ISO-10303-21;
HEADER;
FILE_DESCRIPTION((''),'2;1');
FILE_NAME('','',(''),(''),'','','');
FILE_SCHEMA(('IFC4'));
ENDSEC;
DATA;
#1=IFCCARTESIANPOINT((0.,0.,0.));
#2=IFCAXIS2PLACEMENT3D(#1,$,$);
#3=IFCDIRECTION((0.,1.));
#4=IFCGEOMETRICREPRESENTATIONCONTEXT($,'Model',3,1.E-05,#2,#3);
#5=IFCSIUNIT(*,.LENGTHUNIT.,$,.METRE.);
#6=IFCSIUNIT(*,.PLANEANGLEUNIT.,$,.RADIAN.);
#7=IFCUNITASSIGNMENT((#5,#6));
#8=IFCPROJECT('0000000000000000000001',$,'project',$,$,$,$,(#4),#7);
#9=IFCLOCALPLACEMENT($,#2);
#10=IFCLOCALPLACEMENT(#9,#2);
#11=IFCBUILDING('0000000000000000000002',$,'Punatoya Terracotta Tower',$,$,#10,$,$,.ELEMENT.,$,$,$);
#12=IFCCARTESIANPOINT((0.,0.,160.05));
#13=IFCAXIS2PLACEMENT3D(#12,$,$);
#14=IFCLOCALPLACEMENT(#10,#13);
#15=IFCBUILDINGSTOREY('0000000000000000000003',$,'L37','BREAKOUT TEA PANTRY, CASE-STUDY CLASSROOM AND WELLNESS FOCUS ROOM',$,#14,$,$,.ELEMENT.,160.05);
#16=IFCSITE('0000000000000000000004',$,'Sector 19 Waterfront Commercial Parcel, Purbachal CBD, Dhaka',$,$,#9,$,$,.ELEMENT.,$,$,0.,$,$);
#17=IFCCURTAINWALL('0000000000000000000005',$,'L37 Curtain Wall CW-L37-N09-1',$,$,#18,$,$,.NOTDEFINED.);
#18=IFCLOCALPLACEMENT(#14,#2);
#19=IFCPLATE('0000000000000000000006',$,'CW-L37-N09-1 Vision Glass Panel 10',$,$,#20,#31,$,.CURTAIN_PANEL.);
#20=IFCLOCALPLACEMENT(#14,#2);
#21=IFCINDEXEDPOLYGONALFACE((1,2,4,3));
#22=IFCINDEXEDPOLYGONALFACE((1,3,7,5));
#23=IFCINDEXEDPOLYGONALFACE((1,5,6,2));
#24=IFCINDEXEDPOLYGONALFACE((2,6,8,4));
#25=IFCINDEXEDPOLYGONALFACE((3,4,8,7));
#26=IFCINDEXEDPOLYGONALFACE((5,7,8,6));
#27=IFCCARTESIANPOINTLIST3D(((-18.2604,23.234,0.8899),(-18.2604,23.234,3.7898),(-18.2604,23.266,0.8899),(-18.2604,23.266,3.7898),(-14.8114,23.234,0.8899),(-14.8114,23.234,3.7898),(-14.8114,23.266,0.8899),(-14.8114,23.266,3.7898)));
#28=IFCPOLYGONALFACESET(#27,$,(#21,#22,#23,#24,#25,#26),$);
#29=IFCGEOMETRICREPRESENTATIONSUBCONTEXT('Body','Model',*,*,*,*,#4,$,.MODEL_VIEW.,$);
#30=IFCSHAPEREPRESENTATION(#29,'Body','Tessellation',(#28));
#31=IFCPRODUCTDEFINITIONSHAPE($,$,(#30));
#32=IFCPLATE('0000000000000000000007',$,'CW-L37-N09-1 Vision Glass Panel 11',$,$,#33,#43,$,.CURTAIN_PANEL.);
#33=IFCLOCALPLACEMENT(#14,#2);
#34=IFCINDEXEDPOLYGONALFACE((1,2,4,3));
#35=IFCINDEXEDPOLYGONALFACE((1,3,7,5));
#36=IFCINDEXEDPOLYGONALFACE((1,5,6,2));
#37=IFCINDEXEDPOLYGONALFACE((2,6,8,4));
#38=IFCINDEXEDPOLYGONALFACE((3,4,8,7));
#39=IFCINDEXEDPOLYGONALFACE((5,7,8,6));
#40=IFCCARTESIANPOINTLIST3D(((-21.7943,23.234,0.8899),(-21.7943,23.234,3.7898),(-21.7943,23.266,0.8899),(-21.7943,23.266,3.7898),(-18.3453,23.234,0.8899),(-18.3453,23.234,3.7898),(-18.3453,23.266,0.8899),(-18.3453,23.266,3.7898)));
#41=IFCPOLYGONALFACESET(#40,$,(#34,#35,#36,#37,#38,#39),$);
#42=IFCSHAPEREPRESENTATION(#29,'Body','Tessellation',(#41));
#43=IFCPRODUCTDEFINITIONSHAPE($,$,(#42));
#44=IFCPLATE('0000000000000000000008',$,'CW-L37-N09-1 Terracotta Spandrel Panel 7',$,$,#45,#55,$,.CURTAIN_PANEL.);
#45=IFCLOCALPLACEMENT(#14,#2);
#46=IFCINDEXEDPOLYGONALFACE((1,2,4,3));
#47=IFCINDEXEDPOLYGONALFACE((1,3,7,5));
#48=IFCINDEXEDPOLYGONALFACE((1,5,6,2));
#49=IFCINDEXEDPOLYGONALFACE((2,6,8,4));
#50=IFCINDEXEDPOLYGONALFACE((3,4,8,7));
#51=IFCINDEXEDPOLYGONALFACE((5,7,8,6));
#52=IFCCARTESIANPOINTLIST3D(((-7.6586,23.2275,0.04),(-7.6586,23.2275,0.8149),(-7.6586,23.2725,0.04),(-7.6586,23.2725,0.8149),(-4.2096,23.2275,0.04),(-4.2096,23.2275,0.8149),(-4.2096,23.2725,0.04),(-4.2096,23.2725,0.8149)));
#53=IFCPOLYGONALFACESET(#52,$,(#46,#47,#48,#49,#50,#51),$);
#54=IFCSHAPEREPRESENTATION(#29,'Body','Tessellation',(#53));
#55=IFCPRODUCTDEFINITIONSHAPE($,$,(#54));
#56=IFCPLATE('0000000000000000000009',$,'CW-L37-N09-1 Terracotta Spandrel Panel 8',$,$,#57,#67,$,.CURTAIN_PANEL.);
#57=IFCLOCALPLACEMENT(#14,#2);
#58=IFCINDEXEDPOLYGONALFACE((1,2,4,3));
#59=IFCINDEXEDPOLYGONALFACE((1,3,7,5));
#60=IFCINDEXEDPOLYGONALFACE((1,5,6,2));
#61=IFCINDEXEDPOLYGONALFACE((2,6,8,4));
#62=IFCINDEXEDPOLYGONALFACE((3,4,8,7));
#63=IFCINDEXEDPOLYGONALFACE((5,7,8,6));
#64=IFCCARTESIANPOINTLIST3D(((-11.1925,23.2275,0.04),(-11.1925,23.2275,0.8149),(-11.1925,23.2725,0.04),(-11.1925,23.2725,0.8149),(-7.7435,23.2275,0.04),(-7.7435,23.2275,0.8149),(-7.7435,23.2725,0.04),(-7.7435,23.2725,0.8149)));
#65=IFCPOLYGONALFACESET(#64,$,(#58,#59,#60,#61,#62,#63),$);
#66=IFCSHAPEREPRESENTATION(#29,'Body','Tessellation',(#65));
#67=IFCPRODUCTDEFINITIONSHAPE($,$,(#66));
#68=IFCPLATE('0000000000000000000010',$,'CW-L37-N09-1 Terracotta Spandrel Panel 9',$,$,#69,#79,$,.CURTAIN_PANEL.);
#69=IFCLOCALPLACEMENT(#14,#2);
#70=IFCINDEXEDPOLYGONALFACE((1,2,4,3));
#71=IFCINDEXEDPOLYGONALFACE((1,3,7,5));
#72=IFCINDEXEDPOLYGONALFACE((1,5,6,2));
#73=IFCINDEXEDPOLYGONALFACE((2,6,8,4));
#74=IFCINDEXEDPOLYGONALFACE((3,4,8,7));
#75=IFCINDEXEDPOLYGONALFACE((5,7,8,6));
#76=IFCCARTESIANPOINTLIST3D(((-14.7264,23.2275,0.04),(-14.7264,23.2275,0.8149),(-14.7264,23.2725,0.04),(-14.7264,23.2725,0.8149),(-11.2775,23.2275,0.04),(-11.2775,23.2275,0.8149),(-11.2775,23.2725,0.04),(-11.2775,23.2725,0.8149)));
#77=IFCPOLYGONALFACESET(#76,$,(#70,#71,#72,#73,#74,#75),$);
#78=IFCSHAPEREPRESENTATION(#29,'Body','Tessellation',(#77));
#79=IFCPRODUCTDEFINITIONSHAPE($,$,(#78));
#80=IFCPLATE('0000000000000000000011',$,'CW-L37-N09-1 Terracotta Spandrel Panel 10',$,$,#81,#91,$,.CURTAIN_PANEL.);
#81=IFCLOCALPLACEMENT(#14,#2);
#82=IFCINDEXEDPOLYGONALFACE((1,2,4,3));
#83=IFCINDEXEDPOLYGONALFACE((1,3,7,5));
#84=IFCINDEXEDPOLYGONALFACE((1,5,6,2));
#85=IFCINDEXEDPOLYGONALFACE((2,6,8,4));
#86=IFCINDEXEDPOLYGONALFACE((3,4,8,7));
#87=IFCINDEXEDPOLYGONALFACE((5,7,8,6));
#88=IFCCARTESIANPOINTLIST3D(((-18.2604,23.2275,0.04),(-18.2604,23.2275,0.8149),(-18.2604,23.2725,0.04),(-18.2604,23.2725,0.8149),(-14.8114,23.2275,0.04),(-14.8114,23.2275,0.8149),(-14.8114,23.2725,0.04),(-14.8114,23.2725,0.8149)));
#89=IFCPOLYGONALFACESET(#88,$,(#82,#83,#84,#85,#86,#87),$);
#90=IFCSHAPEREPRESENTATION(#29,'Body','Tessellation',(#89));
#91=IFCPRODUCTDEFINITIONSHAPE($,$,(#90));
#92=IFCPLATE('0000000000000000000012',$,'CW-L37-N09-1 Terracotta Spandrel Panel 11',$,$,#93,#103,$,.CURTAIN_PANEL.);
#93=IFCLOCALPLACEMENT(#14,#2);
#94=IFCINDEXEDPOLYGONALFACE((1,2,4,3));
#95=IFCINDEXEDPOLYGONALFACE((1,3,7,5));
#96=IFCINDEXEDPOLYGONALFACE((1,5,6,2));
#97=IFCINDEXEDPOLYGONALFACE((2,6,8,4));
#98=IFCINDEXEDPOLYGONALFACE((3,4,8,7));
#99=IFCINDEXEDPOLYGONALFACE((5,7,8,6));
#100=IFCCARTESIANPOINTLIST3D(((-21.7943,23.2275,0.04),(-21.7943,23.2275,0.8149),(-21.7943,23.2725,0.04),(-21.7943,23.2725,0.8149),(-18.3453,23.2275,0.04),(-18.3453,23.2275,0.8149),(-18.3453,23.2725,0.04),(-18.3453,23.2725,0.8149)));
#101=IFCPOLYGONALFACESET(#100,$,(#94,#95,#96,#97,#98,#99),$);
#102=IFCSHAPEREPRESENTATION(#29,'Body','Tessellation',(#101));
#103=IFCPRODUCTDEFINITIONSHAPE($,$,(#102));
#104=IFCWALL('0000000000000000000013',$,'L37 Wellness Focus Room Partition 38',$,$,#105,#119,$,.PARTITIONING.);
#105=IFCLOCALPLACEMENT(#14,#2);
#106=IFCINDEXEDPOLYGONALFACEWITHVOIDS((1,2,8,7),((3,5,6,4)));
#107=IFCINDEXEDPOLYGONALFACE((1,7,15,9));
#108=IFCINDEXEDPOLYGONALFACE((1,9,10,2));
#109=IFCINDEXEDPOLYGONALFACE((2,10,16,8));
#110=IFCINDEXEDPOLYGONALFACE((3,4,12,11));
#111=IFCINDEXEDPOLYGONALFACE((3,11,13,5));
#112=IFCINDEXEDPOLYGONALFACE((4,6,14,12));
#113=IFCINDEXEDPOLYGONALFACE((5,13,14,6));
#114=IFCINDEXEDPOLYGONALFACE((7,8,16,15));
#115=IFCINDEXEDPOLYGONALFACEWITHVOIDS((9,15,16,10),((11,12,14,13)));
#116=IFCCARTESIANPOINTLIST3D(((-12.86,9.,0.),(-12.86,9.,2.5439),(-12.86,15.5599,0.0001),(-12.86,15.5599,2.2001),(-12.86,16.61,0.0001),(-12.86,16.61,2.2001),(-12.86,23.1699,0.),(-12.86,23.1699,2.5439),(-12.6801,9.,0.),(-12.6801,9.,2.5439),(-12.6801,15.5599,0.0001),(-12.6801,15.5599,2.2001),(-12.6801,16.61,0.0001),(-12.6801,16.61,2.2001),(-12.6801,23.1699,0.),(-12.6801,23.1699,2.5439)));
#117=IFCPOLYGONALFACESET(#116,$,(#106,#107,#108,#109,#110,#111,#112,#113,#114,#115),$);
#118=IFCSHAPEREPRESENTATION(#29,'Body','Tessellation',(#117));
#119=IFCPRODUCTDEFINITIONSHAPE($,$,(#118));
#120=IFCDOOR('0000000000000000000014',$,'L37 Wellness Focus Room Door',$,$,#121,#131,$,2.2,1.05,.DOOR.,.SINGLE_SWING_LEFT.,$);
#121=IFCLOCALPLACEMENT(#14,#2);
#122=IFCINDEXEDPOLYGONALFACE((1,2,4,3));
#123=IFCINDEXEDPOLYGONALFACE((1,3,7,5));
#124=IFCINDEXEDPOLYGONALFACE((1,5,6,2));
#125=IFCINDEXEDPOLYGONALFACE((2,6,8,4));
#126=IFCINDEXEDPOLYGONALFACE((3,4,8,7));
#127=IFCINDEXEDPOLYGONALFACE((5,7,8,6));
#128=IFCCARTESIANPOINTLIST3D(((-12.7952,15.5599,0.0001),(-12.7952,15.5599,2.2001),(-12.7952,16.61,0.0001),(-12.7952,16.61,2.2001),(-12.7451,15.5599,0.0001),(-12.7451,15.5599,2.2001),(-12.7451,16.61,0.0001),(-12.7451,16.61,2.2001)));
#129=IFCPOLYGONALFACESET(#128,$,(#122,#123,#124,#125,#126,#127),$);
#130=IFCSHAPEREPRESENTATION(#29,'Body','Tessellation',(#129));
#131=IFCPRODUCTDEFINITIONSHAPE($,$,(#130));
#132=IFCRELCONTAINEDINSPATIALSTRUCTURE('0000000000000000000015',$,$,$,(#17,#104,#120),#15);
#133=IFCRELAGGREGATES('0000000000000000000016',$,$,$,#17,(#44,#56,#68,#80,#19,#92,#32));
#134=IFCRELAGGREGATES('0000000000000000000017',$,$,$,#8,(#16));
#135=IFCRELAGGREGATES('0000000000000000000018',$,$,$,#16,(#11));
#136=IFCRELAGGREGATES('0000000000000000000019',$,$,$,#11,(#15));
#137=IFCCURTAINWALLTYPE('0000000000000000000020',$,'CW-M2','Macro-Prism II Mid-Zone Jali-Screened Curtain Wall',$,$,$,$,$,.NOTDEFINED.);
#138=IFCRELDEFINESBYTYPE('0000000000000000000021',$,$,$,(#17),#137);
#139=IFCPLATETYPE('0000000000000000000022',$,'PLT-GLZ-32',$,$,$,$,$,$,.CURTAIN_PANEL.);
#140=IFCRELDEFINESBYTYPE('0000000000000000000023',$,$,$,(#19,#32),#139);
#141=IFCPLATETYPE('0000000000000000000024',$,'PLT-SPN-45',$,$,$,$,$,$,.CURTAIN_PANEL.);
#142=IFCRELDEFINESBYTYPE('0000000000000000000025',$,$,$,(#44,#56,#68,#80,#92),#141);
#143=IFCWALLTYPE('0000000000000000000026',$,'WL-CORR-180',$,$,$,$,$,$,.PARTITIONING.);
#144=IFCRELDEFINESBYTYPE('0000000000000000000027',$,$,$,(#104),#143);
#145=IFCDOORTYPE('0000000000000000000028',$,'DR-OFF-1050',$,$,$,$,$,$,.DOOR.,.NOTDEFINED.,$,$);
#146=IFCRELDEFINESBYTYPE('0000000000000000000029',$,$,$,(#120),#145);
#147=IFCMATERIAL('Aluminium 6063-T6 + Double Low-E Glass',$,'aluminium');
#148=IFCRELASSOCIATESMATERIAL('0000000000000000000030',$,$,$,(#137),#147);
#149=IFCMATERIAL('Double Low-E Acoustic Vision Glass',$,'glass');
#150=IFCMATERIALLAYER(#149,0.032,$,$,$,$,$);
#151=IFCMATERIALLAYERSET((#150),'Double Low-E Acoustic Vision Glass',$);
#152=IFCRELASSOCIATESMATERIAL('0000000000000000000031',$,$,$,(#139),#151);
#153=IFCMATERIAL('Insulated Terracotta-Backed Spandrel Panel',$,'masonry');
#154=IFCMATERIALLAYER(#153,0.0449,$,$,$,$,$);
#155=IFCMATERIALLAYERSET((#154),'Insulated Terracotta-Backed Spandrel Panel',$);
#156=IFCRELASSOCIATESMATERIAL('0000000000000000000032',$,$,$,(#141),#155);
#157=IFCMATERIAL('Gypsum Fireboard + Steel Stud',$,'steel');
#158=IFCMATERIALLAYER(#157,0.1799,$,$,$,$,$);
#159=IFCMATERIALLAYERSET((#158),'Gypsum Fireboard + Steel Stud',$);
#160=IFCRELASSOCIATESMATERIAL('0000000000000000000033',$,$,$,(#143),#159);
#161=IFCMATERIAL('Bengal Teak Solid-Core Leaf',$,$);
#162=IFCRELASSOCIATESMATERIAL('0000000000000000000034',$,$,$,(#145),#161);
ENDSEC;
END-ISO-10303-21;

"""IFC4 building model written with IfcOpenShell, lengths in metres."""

from ifc_helpers import new_model, si_unit, direction, frame, frame_2d, origin, origin_2d, place, context, subcontext, project, spatial, rectangle, extrude, material, layer, layer_set, type_object, element, fill, aggregate, save


model = new_model("IFC4")

# Units and contexts
model_context = context("Model", 3, precision=1e-05, world=origin(), true_north=direction((0.0, 1.0)))
body_context = subcontext(model_context, "Body", "Model", "MODEL_VIEW")
ifc_project = project(units=[si_unit("LENGTHUNIT", "METRE"), si_unit("PLANEANGLEUNIT", "RADIAN")], contexts=[model_context])

# Site, building, storey
site_placement = place(None, origin())
site = spatial("IfcSite", under=ifc_project, at=site_placement, Name="Sector 19 Waterfront Commercial Parcel, Purbachal CBD, Dhaka", CompositionType="ELEMENT", RefElevation=0.0)
building_placement = place(site_placement, origin())
building = spatial("IfcBuilding", under=site, at=building_placement, Name="Punatoya Terracotta Tower", CompositionType="ELEMENT")
storey_placement = place(building_placement, frame((0.0, 0.0, 160.05)))
storey = spatial("IfcBuildingStorey", under=building, at=storey_placement, Name="L37", Description="BREAKOUT TEA PANTRY, CASE-STUDY CLASSROOM AND WELLNESS FOCUS ROOM", CompositionType="ELEMENT", Elevation=160.05)

# Curtain wall, plates
ifc_material_1 = material(Name="Aluminium 6063-T6 + Double Low-E Glass", Category="aluminium")
curtain_wall_type = type_object("IfcCurtainWallType", Name="CW-M2", Description="Macro-Prism II Mid-Zone Jali-Screened Curtain Wall", PredefinedType="NOTDEFINED", material=ifc_material_1)
curtain_wall_placement = place(storey_placement, origin())
curtain_wall = element("IfcCurtainWall", 1, at=curtain_wall_placement, inside=storey, type_object=curtain_wall_type, Name="L37 Curtain Wall CW-L37-N09-1", PredefinedType="NOTDEFINED")
ifc_material_2 = material(Name="Double Low-E Acoustic Vision Glass", Category="glass")
ifc_layer_1 = layer(ifc_material_2, 0.032)
ifc_layer_set_1 = layer_set([ifc_layer_1], Name="Double Low-E Acoustic Vision Glass")
plate_type_1 = type_object("IfcPlateType", Name="PLT-GLZ-32", PredefinedType="CURTAIN_PANEL", material=ifc_layer_set_1)
plate_1_placement = place(storey_placement, frame((-16.5359, 23.25, 0.8899), z_axis=(0.0, 0.0, 1.0), x_axis=(-1.0, 0.0, 0.0)))
plate_1 = element("IfcPlate", 2, at=plate_1_placement, type_object=plate_type_1, Name="CW-L37-N09-1 Vision Glass Panel 10", PredefinedType="CURTAIN_PANEL", context=body_context, shape_type="SweptSolid", body=[
    extrude(rectangle(XDim=3.449, YDim=0.032, at=origin_2d()), origin(), (0.0, 0.0, 1.0), 2.8999),
])
plate_2_placement = place(storey_placement, frame((-20.0698, 23.25, 0.8899), z_axis=(0.0, 0.0, 1.0), x_axis=(-1.0, 0.0, 0.0)))
plate_2 = element("IfcPlate", 3, at=plate_2_placement, type_object=plate_type_1, Name="CW-L37-N09-1 Vision Glass Panel 11", PredefinedType="CURTAIN_PANEL", context=body_context, shape_type="SweptSolid", body=[
    extrude(rectangle(XDim=3.449, YDim=0.032, at=origin_2d()), origin(), (0.0, 0.0, 1.0), 2.8999),
])
ifc_material_3 = material(Name="Insulated Terracotta-Backed Spandrel Panel", Category="masonry")
ifc_layer_2 = layer(ifc_material_3, 0.0449)
ifc_layer_set_2 = layer_set([ifc_layer_2], Name="Insulated Terracotta-Backed Spandrel Panel")
plate_type_2 = type_object("IfcPlateType", Name="PLT-SPN-45", PredefinedType="CURTAIN_PANEL", material=ifc_layer_set_2)
plate_3_placement = place(storey_placement, frame((-5.9341, 23.25, 0.04), z_axis=(0.0, 0.0, 1.0), x_axis=(-1.0, 0.0, 0.0)))
plate_3 = element("IfcPlate", 4, at=plate_3_placement, type_object=plate_type_2, Name="CW-L37-N09-1 Terracotta Spandrel Panel 7", PredefinedType="CURTAIN_PANEL", context=body_context, shape_type="SweptSolid", body=[
    extrude(rectangle(XDim=3.449, YDim=0.0449, at=origin_2d()), origin(), (0.0, 0.0, 1.0), 0.7749),
])
plate_4_placement = place(storey_placement, frame((-9.468, 23.25, 0.04), z_axis=(0.0, 0.0, 1.0), x_axis=(-1.0, 0.0, 0.0)))
plate_4 = element("IfcPlate", 5, at=plate_4_placement, type_object=plate_type_2, Name="CW-L37-N09-1 Terracotta Spandrel Panel 8", PredefinedType="CURTAIN_PANEL", context=body_context, shape_type="SweptSolid", body=[
    extrude(rectangle(XDim=3.449, YDim=0.0449, at=origin_2d()), origin(), (0.0, 0.0, 1.0), 0.7749),
])
plate_5_placement = place(storey_placement, frame((-13.002, 23.25, 0.04), z_axis=(0.0, 0.0, 1.0), x_axis=(-1.0, 0.0, 0.0)))
plate_5 = element("IfcPlate", 6, at=plate_5_placement, type_object=plate_type_2, Name="CW-L37-N09-1 Terracotta Spandrel Panel 9", PredefinedType="CURTAIN_PANEL", context=body_context, shape_type="SweptSolid", body=[
    extrude(rectangle(XDim=3.449, YDim=0.0449, at=origin_2d()), origin(), (0.0, 0.0, 1.0), 0.7749),
])
plate_6_placement = place(storey_placement, frame((-16.5359, 23.25, 0.04), z_axis=(0.0, 0.0, 1.0), x_axis=(-1.0, 0.0, 0.0)))
plate_6 = element("IfcPlate", 7, at=plate_6_placement, type_object=plate_type_2, Name="CW-L37-N09-1 Terracotta Spandrel Panel 10", PredefinedType="CURTAIN_PANEL", context=body_context, shape_type="SweptSolid", body=[
    extrude(rectangle(XDim=3.449, YDim=0.0449, at=origin_2d()), origin(), (0.0, 0.0, 1.0), 0.7749),
])
plate_7_placement = place(storey_placement, frame((-20.0698, 23.25, 0.04), z_axis=(0.0, 0.0, 1.0), x_axis=(-1.0, 0.0, 0.0)))
plate_7 = element("IfcPlate", 8, at=plate_7_placement, type_object=plate_type_2, Name="CW-L37-N09-1 Terracotta Spandrel Panel 11", PredefinedType="CURTAIN_PANEL", context=body_context, shape_type="SweptSolid", body=[
    extrude(rectangle(XDim=3.449, YDim=0.0449, at=origin_2d()), origin(), (0.0, 0.0, 1.0), 0.7749),
])
aggregate(curtain_wall, [plate_3, plate_4, plate_5, plate_6, plate_1, plate_7, plate_2])

# Wall, opening, door
ifc_material_4 = material(Name="Gypsum Fireboard + Steel Stud", Category="steel")
ifc_layer_3 = layer(ifc_material_4, 0.1799)
ifc_layer_set_3 = layer_set([ifc_layer_3], Name="Gypsum Fireboard + Steel Stud")
wall_type = type_object("IfcWallType", Name="WL-CORR-180", PredefinedType="PARTITIONING", material=ifc_layer_set_3)
wall_placement = place(storey_placement, frame((-12.77, 23.1699, 0.0), z_axis=(0.0, 0.0, 1.0), x_axis=(0.0, -1.0, 0.0)))
wall = element("IfcWall", 9, at=wall_placement, inside=storey, type_object=wall_type, Name="L37 Wellness Focus Room Partition 38", PredefinedType="PARTITIONING", context=body_context, shape_type="SweptSolid", body=[
    extrude(rectangle(XDim=14.1699, YDim=0.1799, at=frame_2d((7.085, 0.0))), origin(), (0.0, 0.0, 1.0), 2.5439),
])
opening_placement = place(wall_placement, frame((6.5601, 0.0, 0.0)))
opening = element("IfcOpeningElement", 10, at=opening_placement, cuts=wall, PredefinedType="OPENING", context=body_context, shape_type="SweptSolid", body=[
    extrude(rectangle(XDim=1.05, YDim=2.2, at=frame_2d((0.5249, 1.1001))), frame((0.0, 0.0999, 0.0), z_axis=(0.0, -1.0, 0.0), x_axis=(1.0, 0.0, 0.0)), (0.0, 0.0, 1.0), 0.2),
])
ifc_material_5 = material(Name="Bengal Teak Solid-Core Leaf")
door_type = type_object("IfcDoorType", Name="DR-OFF-1050", OperationType="NOTDEFINED", PredefinedType="DOOR", material=ifc_material_5)
door_placement = place(opening_placement, origin())
door = element("IfcDoor", 11, at=door_placement, inside=storey, type_object=door_type, Name="L37 Wellness Focus Room Door", OperationType="SINGLE_SWING_LEFT", OverallHeight=2.2, OverallWidth=1.05, PredefinedType="DOOR", context=body_context, shape_type="SweptSolid", body=[
    extrude(rectangle(XDim=1.05, YDim=2.2, at=frame_2d((0.5249, 1.1001))), frame((0.0, 0.0249, 0.0), z_axis=(0.0, -1.0, 0.0), x_axis=(1.0, 0.0, 0.0)), (0.0, 0.0, 1.0), 0.05),
])
fill(opening, door)

save(model, "model.ifc")
